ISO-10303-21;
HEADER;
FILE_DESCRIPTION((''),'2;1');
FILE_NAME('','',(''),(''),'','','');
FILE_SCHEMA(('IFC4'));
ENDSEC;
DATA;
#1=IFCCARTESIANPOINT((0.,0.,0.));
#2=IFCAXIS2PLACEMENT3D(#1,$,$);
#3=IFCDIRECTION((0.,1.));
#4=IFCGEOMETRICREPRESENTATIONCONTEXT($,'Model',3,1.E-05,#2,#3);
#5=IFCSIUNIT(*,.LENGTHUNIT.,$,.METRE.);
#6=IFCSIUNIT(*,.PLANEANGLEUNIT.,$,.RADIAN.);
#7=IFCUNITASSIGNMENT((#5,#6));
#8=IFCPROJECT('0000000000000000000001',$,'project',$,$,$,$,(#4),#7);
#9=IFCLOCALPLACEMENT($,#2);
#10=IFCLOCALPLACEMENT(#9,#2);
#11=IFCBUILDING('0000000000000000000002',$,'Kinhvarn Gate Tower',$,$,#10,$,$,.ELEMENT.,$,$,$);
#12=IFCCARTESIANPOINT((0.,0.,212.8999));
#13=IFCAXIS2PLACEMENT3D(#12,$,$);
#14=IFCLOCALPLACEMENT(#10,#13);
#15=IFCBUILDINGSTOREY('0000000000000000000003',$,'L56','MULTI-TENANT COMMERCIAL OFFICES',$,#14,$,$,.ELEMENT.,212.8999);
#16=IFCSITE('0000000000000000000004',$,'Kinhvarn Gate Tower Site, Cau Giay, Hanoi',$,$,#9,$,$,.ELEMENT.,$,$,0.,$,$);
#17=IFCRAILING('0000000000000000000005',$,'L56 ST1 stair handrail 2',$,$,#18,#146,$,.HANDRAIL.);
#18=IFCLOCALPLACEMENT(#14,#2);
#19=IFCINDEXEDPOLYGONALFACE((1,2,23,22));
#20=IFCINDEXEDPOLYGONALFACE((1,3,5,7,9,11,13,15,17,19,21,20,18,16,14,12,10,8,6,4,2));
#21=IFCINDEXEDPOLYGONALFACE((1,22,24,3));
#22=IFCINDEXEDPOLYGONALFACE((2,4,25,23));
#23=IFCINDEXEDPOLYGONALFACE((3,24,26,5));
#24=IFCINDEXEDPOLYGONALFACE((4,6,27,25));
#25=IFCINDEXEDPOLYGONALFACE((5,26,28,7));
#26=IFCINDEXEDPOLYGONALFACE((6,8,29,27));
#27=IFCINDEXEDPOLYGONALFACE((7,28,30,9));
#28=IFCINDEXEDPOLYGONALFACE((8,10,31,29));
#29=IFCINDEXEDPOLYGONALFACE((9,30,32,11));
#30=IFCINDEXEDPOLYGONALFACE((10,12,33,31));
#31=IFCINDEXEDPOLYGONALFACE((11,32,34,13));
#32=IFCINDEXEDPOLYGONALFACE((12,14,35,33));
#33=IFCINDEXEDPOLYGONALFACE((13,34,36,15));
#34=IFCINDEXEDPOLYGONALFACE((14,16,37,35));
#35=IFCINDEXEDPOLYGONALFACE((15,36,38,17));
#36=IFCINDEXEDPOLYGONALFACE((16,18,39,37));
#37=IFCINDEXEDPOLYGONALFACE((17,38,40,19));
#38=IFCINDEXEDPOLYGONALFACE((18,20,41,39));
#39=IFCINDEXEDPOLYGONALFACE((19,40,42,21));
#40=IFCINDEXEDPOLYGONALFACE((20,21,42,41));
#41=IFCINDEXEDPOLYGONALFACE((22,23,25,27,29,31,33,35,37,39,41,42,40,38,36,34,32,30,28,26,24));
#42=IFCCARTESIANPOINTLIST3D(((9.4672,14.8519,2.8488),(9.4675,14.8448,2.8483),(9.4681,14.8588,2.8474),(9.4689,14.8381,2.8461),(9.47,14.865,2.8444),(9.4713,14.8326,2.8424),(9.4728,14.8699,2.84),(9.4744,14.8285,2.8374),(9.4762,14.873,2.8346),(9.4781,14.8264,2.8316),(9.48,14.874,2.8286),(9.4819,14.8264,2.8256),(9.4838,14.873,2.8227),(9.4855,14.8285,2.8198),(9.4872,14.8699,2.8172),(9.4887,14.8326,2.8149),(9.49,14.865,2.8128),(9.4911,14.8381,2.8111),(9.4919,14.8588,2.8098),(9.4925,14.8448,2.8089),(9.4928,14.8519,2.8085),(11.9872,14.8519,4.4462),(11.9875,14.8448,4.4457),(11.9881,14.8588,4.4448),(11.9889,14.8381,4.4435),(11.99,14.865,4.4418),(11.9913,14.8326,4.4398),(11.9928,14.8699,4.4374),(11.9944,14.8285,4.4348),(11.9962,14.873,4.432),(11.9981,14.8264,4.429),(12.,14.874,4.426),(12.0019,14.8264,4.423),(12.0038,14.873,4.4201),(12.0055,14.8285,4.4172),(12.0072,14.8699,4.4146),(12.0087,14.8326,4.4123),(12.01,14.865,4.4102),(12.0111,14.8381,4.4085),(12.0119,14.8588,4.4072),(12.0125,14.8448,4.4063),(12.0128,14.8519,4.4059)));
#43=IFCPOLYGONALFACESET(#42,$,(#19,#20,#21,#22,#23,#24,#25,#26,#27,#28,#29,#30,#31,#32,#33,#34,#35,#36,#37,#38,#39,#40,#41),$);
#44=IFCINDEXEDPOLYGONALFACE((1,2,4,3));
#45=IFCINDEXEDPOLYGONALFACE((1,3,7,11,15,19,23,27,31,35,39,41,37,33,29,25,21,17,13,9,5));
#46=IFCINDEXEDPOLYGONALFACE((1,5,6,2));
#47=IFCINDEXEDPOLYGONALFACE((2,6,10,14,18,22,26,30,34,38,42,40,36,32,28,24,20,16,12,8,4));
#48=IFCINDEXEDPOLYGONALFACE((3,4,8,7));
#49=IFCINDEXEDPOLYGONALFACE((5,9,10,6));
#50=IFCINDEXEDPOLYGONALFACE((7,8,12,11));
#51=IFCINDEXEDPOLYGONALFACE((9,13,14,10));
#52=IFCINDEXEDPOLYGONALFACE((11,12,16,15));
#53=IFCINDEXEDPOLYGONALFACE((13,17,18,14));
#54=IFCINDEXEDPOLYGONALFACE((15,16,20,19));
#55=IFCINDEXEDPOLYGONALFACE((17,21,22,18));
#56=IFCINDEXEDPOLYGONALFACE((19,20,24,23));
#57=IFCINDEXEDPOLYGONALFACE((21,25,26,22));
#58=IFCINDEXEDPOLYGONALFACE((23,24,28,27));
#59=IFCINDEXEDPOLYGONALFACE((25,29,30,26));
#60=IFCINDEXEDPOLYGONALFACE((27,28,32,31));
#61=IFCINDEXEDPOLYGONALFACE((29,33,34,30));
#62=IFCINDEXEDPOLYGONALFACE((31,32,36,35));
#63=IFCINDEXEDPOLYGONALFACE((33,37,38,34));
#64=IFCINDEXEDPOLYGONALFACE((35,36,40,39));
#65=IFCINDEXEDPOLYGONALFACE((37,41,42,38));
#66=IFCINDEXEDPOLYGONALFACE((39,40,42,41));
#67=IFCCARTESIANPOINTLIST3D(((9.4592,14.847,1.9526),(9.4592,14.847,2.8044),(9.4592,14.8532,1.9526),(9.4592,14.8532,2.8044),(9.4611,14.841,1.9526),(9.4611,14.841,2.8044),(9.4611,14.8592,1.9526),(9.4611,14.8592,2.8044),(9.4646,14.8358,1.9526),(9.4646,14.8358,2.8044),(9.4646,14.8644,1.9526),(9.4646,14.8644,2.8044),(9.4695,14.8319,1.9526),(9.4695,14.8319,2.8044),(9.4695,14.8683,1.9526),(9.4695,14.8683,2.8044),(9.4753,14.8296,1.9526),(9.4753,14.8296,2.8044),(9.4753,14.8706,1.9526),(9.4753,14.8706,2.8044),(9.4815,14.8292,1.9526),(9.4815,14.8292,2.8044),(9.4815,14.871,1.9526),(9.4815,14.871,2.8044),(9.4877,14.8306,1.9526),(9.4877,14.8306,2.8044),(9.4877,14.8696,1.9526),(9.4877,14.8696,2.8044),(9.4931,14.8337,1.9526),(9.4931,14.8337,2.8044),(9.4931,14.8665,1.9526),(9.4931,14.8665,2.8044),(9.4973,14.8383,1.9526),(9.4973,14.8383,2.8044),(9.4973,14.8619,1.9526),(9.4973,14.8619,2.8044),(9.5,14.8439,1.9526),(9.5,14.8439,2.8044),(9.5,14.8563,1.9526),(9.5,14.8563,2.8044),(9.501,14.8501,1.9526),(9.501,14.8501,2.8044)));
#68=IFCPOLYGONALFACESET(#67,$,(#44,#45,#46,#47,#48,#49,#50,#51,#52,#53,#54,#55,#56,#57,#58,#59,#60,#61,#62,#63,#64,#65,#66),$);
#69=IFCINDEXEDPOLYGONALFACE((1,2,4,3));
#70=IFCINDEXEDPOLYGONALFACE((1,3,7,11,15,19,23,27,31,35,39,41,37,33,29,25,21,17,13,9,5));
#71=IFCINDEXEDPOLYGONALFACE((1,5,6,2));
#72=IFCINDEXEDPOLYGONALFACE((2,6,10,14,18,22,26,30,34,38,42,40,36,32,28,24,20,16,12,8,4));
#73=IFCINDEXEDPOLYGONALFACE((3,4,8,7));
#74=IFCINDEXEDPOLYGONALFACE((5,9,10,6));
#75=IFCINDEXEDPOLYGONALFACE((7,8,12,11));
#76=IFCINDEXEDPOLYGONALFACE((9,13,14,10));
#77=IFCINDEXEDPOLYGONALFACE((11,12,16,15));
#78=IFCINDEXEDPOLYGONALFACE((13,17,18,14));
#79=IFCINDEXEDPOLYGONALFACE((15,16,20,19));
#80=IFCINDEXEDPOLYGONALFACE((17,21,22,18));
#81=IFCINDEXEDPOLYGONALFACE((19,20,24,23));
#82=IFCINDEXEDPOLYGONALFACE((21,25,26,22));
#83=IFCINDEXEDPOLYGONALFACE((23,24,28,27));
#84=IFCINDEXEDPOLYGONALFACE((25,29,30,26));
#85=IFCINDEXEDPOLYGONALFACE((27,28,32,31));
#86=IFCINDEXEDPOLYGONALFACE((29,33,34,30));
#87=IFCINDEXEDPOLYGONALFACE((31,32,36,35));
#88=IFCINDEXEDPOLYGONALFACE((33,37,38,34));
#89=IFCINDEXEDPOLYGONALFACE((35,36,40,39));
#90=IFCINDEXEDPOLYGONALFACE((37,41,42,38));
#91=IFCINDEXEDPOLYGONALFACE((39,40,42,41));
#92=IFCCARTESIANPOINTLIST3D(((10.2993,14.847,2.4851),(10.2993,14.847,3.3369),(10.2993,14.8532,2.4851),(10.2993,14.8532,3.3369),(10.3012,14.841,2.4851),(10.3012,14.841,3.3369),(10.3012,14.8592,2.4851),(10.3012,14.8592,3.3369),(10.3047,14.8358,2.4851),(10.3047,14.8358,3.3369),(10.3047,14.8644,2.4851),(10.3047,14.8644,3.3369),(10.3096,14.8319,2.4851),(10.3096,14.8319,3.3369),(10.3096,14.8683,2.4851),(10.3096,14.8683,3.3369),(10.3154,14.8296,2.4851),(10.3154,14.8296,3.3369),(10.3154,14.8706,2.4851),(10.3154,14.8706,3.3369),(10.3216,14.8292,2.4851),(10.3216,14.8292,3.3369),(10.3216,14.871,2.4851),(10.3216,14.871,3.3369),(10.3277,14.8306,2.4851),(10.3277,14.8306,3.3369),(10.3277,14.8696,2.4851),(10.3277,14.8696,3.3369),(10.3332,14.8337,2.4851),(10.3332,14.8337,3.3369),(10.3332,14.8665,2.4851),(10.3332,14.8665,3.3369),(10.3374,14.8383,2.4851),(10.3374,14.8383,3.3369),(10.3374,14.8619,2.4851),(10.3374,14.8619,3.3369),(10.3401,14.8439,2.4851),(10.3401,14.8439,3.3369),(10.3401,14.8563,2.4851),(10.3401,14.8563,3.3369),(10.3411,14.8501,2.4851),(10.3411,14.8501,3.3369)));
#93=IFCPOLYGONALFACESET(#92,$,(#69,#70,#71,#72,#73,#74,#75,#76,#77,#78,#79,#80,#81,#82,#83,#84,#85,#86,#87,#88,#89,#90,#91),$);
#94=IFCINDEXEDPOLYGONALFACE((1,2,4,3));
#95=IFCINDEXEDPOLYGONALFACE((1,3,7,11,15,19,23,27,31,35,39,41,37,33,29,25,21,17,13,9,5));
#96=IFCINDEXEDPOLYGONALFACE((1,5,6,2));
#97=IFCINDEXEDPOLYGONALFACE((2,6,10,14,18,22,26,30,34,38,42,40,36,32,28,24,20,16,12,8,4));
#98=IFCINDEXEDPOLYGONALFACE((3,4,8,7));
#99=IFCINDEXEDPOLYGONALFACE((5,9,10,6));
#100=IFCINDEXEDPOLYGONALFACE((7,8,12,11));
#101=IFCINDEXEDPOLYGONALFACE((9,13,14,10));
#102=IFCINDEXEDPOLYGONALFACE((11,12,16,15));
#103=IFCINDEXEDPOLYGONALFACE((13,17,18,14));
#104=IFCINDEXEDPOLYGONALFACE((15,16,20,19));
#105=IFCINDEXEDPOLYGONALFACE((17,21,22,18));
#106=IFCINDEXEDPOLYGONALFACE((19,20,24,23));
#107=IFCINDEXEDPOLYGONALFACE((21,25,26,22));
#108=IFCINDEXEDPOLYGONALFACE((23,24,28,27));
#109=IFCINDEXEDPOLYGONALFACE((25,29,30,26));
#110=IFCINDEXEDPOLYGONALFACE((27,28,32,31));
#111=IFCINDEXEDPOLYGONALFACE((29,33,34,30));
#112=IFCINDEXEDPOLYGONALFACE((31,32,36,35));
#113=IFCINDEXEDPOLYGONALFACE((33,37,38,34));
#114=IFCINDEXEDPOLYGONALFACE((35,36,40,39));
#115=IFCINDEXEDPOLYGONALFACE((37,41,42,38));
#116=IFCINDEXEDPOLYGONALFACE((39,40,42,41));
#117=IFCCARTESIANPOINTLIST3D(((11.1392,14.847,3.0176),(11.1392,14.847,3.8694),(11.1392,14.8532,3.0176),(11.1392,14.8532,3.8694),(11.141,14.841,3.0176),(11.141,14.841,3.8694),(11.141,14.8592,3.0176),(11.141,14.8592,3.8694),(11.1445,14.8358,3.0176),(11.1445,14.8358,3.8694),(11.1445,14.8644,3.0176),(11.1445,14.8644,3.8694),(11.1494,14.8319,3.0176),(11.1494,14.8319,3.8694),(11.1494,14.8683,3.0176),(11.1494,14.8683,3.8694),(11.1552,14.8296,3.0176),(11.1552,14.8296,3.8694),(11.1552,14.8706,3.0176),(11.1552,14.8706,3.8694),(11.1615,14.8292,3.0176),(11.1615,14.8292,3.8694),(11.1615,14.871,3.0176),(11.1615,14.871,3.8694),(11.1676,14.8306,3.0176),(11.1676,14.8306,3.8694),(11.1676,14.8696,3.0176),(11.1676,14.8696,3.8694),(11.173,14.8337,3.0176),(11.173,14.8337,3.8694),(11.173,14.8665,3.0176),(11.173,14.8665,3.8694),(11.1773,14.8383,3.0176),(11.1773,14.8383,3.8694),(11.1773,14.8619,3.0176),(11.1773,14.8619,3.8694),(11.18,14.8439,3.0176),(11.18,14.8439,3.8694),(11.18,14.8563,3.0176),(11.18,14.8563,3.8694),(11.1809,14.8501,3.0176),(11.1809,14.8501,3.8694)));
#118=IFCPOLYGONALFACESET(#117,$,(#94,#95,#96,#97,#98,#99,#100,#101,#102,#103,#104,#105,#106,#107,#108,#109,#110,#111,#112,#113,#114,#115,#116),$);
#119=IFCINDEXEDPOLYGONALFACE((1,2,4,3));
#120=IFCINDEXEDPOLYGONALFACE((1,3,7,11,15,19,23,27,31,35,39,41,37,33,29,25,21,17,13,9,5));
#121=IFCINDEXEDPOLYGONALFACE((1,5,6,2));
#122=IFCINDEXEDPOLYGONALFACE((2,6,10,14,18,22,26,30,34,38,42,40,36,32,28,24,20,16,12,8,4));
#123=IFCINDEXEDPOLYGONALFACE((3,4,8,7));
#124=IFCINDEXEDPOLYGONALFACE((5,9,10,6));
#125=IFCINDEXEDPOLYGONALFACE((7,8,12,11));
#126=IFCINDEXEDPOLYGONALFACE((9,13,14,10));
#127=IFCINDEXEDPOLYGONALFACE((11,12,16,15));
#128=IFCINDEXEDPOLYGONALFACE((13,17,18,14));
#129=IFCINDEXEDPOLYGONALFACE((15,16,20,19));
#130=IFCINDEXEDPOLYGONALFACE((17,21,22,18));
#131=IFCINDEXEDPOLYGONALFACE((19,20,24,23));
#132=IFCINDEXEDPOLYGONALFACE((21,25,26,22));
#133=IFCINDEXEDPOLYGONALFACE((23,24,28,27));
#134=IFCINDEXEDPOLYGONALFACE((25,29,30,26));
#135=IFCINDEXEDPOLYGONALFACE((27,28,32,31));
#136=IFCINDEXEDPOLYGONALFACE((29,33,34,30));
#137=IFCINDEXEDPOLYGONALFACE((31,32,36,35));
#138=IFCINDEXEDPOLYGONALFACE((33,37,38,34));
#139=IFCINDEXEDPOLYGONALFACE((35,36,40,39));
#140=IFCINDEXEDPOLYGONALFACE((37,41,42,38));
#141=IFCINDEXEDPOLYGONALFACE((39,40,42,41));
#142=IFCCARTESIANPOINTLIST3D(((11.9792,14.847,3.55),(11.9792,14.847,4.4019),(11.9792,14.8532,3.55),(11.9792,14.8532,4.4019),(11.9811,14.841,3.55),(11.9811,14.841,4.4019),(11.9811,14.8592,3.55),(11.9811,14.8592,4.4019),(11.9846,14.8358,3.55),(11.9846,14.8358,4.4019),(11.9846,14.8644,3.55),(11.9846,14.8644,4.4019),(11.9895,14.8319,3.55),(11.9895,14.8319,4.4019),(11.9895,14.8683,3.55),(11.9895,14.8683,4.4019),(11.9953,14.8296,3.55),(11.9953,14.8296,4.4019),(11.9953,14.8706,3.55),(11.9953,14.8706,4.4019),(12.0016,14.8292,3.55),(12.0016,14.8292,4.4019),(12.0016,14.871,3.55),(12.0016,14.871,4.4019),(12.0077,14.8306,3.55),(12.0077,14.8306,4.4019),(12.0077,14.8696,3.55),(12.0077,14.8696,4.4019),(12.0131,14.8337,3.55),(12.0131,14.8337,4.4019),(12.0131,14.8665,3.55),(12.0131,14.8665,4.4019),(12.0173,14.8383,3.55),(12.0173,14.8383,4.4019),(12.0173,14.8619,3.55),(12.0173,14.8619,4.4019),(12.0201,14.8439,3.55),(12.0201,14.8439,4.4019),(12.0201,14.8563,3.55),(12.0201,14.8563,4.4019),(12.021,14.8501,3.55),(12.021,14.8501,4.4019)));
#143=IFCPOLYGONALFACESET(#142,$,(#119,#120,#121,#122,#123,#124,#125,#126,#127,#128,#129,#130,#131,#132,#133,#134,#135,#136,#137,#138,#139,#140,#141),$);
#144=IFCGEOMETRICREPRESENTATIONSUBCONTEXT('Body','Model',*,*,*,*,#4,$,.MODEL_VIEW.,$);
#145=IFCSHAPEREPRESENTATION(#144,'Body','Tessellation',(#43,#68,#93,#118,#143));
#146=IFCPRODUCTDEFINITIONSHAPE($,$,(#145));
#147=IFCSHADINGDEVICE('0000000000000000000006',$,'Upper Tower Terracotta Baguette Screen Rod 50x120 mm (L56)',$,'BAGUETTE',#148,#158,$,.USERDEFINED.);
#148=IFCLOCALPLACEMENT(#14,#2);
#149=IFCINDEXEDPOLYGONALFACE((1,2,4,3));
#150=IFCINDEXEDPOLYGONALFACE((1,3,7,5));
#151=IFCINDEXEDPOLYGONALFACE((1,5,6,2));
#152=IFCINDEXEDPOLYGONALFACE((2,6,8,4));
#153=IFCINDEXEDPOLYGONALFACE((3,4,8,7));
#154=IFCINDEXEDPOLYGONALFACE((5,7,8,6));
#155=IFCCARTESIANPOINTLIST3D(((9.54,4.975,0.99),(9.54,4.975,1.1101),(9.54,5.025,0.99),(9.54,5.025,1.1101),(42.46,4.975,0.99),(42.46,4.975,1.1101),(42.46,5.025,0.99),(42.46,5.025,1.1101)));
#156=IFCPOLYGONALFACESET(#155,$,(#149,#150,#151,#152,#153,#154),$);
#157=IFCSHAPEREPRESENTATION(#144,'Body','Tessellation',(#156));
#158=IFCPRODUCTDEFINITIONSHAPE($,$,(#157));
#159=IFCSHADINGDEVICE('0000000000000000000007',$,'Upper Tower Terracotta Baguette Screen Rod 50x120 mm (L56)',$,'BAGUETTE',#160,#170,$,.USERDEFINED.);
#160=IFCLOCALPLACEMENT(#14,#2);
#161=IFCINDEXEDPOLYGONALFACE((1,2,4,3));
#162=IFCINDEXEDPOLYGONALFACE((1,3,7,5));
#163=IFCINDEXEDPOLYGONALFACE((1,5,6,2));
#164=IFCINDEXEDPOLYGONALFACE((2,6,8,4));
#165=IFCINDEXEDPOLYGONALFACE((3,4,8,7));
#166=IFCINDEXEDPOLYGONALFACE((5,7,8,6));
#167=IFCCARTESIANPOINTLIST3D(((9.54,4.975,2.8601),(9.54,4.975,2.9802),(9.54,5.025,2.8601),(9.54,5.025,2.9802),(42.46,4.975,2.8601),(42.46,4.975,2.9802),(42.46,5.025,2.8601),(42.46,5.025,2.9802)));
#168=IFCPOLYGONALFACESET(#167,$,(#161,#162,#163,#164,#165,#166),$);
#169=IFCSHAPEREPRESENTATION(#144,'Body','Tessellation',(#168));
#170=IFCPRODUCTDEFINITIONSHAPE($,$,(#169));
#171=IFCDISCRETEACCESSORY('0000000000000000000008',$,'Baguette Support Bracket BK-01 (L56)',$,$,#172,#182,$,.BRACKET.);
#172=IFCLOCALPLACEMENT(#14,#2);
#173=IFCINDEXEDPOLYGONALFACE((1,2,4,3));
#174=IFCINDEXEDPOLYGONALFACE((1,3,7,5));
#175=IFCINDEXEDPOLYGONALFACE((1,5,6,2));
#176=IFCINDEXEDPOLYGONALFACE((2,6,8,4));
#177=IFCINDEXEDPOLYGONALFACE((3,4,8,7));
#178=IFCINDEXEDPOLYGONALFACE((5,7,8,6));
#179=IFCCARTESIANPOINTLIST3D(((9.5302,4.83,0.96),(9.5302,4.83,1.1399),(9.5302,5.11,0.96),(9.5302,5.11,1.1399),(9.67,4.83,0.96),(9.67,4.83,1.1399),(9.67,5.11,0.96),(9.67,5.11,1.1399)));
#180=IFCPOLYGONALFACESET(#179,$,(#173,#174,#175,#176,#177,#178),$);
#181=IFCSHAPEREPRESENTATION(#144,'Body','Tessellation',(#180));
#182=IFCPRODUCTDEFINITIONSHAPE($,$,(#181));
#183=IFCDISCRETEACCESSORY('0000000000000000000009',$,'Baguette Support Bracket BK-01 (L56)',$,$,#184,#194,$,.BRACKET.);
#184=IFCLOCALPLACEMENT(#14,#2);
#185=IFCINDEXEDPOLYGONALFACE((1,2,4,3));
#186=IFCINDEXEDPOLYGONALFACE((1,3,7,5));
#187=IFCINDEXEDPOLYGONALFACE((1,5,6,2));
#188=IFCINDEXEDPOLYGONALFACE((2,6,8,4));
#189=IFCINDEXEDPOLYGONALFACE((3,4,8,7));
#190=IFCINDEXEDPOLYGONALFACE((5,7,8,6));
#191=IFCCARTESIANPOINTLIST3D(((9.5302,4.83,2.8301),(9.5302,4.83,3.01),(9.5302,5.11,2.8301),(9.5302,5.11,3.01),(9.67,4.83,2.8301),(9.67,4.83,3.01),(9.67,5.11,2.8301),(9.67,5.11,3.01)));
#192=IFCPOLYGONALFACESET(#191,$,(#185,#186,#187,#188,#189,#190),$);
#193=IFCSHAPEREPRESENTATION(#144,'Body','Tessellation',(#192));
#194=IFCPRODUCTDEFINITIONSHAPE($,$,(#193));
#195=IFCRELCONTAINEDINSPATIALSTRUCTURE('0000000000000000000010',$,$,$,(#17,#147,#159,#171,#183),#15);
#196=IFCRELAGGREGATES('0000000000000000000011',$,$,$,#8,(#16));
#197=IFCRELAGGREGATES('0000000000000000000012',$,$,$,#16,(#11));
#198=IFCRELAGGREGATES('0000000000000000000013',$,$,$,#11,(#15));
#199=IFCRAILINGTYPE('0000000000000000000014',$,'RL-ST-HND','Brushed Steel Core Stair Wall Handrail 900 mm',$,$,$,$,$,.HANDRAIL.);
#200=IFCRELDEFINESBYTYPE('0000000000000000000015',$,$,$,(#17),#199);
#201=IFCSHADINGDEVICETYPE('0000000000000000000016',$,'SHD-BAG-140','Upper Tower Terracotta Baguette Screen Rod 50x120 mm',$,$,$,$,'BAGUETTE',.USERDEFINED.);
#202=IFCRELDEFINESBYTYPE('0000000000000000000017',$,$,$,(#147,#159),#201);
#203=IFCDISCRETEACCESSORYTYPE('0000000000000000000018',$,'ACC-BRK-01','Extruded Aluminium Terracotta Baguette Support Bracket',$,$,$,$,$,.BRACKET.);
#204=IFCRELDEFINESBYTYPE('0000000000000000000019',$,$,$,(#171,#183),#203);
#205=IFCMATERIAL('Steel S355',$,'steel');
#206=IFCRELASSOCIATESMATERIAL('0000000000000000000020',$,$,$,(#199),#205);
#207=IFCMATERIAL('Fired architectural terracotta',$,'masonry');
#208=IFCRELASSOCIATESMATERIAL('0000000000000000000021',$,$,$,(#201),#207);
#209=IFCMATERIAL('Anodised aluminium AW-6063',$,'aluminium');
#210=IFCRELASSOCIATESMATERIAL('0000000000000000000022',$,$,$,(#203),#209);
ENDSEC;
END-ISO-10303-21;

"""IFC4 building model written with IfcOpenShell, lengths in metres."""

from ifc_helpers import new_model, si_unit, direction, frame, origin, origin_2d, place, context, subcontext, project, spatial, rectangle, circle, extrude, material, material_profile, profile_set, type_object, element, save


model = new_model("IFC4")

# Units and contexts
model_context = context("Model", 3, precision=1e-05, world=origin(), true_north=direction((0.0, 1.0)))
body_context = subcontext(model_context, "Body", "Model", "MODEL_VIEW")
ifc_project = project(units=[si_unit("LENGTHUNIT", "METRE"), si_unit("PLANEANGLEUNIT", "RADIAN")], contexts=[model_context])

# Site, building, storey
site_placement = place(None, origin())
site = spatial("IfcSite", under=ifc_project, at=site_placement, Name="Kinhvarn Gate Tower Site, Cau Giay, Hanoi", CompositionType="ELEMENT", RefElevation=0.0)
building_placement = place(site_placement, origin())
building = spatial("IfcBuilding", under=site, at=building_placement, Name="Kinhvarn Gate Tower", CompositionType="ELEMENT")
storey_placement = place(building_placement, frame((0.0, 0.0, 212.8999)))
storey = spatial("IfcBuildingStorey", under=building, at=storey_placement, Name="L56", Description="MULTI-TENANT COMMERCIAL OFFICES", CompositionType="ELEMENT", Elevation=212.8999)

# Shared definitions
ifc_material_1 = material(Name="Anodised aluminium AW-6063", Category="aluminium")

# Shared definitions
ifc_material_2 = material(Name="Steel S355", Category="steel")

# Shared definitions
ifc_material_3 = material(Name="Fired architectural terracotta", Category="masonry")

# Railing
railing_type_1 = type_object("IfcRailingType", Name="RL-ST-HND", Description="Brushed Steel Core Stair Wall Handrail 900 mm", PredefinedType="HANDRAIL", material=ifc_material_2)
railing_1_placement = place(storey_placement, frame((9.48, 14.8501, 1.9526)))
element("IfcRailing", 1, at=railing_1_placement, inside=storey, type_object=railing_type_1, Name="L56 ST1 stair handrail 2", PredefinedType="HANDRAIL", context=body_context, shape_type="SweptSolid", body=[
    extrude(circle(Radius=0.0239, at=origin_2d()), frame((0.0, 0.0, 0.876), z_axis=(0.844607, 0.0, 0.535387), x_axis=(0.0, 1.0, 0.0)), (0.0, 0.0, 1.0), 2.9836),
    extrude(circle(Radius=0.021, at=origin_2d()), origin(), (0.0, 0.0, 1.0), 0.8518),
    extrude(circle(Radius=0.021, at=origin_2d()), frame((0.8401, 0.0, 0.5325)), (0.0, 0.0, 1.0), 0.8518),
    extrude(circle(Radius=0.021, at=origin_2d()), frame((1.6799, 0.0, 1.0649)), (0.0, 0.0, 1.0), 0.8518),
    extrude(circle(Radius=0.021, at=origin_2d()), frame((2.52, 0.0, 1.5974)), (0.0, 0.0, 1.0), 0.8518),
])

# Shading devices
ifc_material_profile_1 = material_profile(ifc_material_3, rectangle(XDim=0.05, YDim=0.1201, at=origin_2d()), Name="TC 50x120")
ifc_profile_set_1 = profile_set([ifc_material_profile_1], Name="Fired architectural terracotta")
shading_device_type = type_object("IfcShadingDeviceType", Name="SHD-BAG-140", Description="Upper Tower Terracotta Baguette Screen Rod 50x120 mm", ElementType="BAGUETTE", PredefinedType="USERDEFINED", material=ifc_profile_set_1)
for number, where, z_axis, x_axis, name in (
    (2, (9.54, 5.0, 1.05), (1.0, 0.0, 0.0), (0.0, 1.0, 0.0), "Upper Tower Terracotta Baguette Screen Rod 50x120 mm (L56)"),
    (3, (9.54, 5.0, 2.9202), (1.0, 0.0, 0.0), (0.0, 1.0, 0.0), "Upper Tower Terracotta Baguette Screen Rod 50x120 mm (L56)"),
):
    element("IfcShadingDevice", number, at=place(storey_placement, frame(where, z_axis=z_axis, x_axis=x_axis)), inside=storey, type_object=shading_device_type, Name=name, ObjectType="BAGUETTE", PredefinedType="USERDEFINED", context=body_context, shape_type="SweptSolid", body=[
        extrude(rectangle(XDim=0.05, YDim=0.1201, at=origin_2d()), origin(), (0.0, 0.0, 1.0), 32.9199),
    ])

# Discrete accessories
discrete_accessory_type = type_object("IfcDiscreteAccessoryType", Name="ACC-BRK-01", Description="Extruded Aluminium Terracotta Baguette Support Bracket", PredefinedType="BRACKET", material=ifc_material_1)
for number, where, z_axis, x_axis, name in (
    (4, (9.6001, 4.97, 0.96), (0.0, 0.0, 1.0), (1.0, 0.0, 0.0), "Baguette Support Bracket BK-01 (L56)"),
    (5, (9.6001, 4.97, 2.8301), (0.0, 0.0, 1.0), (1.0, 0.0, 0.0), "Baguette Support Bracket BK-01 (L56)"),
):
    element("IfcDiscreteAccessory", number, at=place(storey_placement, frame(where, z_axis=z_axis, x_axis=x_axis)), inside=storey, type_object=discrete_accessory_type, Name=name, PredefinedType="BRACKET", context=body_context, shape_type="SweptSolid", body=[
        extrude(rectangle(XDim=0.1399, YDim=0.28, at=origin_2d()), origin(), (0.0, 0.0, 1.0), 0.1799),
    ])

save(model, "model.ifc")
